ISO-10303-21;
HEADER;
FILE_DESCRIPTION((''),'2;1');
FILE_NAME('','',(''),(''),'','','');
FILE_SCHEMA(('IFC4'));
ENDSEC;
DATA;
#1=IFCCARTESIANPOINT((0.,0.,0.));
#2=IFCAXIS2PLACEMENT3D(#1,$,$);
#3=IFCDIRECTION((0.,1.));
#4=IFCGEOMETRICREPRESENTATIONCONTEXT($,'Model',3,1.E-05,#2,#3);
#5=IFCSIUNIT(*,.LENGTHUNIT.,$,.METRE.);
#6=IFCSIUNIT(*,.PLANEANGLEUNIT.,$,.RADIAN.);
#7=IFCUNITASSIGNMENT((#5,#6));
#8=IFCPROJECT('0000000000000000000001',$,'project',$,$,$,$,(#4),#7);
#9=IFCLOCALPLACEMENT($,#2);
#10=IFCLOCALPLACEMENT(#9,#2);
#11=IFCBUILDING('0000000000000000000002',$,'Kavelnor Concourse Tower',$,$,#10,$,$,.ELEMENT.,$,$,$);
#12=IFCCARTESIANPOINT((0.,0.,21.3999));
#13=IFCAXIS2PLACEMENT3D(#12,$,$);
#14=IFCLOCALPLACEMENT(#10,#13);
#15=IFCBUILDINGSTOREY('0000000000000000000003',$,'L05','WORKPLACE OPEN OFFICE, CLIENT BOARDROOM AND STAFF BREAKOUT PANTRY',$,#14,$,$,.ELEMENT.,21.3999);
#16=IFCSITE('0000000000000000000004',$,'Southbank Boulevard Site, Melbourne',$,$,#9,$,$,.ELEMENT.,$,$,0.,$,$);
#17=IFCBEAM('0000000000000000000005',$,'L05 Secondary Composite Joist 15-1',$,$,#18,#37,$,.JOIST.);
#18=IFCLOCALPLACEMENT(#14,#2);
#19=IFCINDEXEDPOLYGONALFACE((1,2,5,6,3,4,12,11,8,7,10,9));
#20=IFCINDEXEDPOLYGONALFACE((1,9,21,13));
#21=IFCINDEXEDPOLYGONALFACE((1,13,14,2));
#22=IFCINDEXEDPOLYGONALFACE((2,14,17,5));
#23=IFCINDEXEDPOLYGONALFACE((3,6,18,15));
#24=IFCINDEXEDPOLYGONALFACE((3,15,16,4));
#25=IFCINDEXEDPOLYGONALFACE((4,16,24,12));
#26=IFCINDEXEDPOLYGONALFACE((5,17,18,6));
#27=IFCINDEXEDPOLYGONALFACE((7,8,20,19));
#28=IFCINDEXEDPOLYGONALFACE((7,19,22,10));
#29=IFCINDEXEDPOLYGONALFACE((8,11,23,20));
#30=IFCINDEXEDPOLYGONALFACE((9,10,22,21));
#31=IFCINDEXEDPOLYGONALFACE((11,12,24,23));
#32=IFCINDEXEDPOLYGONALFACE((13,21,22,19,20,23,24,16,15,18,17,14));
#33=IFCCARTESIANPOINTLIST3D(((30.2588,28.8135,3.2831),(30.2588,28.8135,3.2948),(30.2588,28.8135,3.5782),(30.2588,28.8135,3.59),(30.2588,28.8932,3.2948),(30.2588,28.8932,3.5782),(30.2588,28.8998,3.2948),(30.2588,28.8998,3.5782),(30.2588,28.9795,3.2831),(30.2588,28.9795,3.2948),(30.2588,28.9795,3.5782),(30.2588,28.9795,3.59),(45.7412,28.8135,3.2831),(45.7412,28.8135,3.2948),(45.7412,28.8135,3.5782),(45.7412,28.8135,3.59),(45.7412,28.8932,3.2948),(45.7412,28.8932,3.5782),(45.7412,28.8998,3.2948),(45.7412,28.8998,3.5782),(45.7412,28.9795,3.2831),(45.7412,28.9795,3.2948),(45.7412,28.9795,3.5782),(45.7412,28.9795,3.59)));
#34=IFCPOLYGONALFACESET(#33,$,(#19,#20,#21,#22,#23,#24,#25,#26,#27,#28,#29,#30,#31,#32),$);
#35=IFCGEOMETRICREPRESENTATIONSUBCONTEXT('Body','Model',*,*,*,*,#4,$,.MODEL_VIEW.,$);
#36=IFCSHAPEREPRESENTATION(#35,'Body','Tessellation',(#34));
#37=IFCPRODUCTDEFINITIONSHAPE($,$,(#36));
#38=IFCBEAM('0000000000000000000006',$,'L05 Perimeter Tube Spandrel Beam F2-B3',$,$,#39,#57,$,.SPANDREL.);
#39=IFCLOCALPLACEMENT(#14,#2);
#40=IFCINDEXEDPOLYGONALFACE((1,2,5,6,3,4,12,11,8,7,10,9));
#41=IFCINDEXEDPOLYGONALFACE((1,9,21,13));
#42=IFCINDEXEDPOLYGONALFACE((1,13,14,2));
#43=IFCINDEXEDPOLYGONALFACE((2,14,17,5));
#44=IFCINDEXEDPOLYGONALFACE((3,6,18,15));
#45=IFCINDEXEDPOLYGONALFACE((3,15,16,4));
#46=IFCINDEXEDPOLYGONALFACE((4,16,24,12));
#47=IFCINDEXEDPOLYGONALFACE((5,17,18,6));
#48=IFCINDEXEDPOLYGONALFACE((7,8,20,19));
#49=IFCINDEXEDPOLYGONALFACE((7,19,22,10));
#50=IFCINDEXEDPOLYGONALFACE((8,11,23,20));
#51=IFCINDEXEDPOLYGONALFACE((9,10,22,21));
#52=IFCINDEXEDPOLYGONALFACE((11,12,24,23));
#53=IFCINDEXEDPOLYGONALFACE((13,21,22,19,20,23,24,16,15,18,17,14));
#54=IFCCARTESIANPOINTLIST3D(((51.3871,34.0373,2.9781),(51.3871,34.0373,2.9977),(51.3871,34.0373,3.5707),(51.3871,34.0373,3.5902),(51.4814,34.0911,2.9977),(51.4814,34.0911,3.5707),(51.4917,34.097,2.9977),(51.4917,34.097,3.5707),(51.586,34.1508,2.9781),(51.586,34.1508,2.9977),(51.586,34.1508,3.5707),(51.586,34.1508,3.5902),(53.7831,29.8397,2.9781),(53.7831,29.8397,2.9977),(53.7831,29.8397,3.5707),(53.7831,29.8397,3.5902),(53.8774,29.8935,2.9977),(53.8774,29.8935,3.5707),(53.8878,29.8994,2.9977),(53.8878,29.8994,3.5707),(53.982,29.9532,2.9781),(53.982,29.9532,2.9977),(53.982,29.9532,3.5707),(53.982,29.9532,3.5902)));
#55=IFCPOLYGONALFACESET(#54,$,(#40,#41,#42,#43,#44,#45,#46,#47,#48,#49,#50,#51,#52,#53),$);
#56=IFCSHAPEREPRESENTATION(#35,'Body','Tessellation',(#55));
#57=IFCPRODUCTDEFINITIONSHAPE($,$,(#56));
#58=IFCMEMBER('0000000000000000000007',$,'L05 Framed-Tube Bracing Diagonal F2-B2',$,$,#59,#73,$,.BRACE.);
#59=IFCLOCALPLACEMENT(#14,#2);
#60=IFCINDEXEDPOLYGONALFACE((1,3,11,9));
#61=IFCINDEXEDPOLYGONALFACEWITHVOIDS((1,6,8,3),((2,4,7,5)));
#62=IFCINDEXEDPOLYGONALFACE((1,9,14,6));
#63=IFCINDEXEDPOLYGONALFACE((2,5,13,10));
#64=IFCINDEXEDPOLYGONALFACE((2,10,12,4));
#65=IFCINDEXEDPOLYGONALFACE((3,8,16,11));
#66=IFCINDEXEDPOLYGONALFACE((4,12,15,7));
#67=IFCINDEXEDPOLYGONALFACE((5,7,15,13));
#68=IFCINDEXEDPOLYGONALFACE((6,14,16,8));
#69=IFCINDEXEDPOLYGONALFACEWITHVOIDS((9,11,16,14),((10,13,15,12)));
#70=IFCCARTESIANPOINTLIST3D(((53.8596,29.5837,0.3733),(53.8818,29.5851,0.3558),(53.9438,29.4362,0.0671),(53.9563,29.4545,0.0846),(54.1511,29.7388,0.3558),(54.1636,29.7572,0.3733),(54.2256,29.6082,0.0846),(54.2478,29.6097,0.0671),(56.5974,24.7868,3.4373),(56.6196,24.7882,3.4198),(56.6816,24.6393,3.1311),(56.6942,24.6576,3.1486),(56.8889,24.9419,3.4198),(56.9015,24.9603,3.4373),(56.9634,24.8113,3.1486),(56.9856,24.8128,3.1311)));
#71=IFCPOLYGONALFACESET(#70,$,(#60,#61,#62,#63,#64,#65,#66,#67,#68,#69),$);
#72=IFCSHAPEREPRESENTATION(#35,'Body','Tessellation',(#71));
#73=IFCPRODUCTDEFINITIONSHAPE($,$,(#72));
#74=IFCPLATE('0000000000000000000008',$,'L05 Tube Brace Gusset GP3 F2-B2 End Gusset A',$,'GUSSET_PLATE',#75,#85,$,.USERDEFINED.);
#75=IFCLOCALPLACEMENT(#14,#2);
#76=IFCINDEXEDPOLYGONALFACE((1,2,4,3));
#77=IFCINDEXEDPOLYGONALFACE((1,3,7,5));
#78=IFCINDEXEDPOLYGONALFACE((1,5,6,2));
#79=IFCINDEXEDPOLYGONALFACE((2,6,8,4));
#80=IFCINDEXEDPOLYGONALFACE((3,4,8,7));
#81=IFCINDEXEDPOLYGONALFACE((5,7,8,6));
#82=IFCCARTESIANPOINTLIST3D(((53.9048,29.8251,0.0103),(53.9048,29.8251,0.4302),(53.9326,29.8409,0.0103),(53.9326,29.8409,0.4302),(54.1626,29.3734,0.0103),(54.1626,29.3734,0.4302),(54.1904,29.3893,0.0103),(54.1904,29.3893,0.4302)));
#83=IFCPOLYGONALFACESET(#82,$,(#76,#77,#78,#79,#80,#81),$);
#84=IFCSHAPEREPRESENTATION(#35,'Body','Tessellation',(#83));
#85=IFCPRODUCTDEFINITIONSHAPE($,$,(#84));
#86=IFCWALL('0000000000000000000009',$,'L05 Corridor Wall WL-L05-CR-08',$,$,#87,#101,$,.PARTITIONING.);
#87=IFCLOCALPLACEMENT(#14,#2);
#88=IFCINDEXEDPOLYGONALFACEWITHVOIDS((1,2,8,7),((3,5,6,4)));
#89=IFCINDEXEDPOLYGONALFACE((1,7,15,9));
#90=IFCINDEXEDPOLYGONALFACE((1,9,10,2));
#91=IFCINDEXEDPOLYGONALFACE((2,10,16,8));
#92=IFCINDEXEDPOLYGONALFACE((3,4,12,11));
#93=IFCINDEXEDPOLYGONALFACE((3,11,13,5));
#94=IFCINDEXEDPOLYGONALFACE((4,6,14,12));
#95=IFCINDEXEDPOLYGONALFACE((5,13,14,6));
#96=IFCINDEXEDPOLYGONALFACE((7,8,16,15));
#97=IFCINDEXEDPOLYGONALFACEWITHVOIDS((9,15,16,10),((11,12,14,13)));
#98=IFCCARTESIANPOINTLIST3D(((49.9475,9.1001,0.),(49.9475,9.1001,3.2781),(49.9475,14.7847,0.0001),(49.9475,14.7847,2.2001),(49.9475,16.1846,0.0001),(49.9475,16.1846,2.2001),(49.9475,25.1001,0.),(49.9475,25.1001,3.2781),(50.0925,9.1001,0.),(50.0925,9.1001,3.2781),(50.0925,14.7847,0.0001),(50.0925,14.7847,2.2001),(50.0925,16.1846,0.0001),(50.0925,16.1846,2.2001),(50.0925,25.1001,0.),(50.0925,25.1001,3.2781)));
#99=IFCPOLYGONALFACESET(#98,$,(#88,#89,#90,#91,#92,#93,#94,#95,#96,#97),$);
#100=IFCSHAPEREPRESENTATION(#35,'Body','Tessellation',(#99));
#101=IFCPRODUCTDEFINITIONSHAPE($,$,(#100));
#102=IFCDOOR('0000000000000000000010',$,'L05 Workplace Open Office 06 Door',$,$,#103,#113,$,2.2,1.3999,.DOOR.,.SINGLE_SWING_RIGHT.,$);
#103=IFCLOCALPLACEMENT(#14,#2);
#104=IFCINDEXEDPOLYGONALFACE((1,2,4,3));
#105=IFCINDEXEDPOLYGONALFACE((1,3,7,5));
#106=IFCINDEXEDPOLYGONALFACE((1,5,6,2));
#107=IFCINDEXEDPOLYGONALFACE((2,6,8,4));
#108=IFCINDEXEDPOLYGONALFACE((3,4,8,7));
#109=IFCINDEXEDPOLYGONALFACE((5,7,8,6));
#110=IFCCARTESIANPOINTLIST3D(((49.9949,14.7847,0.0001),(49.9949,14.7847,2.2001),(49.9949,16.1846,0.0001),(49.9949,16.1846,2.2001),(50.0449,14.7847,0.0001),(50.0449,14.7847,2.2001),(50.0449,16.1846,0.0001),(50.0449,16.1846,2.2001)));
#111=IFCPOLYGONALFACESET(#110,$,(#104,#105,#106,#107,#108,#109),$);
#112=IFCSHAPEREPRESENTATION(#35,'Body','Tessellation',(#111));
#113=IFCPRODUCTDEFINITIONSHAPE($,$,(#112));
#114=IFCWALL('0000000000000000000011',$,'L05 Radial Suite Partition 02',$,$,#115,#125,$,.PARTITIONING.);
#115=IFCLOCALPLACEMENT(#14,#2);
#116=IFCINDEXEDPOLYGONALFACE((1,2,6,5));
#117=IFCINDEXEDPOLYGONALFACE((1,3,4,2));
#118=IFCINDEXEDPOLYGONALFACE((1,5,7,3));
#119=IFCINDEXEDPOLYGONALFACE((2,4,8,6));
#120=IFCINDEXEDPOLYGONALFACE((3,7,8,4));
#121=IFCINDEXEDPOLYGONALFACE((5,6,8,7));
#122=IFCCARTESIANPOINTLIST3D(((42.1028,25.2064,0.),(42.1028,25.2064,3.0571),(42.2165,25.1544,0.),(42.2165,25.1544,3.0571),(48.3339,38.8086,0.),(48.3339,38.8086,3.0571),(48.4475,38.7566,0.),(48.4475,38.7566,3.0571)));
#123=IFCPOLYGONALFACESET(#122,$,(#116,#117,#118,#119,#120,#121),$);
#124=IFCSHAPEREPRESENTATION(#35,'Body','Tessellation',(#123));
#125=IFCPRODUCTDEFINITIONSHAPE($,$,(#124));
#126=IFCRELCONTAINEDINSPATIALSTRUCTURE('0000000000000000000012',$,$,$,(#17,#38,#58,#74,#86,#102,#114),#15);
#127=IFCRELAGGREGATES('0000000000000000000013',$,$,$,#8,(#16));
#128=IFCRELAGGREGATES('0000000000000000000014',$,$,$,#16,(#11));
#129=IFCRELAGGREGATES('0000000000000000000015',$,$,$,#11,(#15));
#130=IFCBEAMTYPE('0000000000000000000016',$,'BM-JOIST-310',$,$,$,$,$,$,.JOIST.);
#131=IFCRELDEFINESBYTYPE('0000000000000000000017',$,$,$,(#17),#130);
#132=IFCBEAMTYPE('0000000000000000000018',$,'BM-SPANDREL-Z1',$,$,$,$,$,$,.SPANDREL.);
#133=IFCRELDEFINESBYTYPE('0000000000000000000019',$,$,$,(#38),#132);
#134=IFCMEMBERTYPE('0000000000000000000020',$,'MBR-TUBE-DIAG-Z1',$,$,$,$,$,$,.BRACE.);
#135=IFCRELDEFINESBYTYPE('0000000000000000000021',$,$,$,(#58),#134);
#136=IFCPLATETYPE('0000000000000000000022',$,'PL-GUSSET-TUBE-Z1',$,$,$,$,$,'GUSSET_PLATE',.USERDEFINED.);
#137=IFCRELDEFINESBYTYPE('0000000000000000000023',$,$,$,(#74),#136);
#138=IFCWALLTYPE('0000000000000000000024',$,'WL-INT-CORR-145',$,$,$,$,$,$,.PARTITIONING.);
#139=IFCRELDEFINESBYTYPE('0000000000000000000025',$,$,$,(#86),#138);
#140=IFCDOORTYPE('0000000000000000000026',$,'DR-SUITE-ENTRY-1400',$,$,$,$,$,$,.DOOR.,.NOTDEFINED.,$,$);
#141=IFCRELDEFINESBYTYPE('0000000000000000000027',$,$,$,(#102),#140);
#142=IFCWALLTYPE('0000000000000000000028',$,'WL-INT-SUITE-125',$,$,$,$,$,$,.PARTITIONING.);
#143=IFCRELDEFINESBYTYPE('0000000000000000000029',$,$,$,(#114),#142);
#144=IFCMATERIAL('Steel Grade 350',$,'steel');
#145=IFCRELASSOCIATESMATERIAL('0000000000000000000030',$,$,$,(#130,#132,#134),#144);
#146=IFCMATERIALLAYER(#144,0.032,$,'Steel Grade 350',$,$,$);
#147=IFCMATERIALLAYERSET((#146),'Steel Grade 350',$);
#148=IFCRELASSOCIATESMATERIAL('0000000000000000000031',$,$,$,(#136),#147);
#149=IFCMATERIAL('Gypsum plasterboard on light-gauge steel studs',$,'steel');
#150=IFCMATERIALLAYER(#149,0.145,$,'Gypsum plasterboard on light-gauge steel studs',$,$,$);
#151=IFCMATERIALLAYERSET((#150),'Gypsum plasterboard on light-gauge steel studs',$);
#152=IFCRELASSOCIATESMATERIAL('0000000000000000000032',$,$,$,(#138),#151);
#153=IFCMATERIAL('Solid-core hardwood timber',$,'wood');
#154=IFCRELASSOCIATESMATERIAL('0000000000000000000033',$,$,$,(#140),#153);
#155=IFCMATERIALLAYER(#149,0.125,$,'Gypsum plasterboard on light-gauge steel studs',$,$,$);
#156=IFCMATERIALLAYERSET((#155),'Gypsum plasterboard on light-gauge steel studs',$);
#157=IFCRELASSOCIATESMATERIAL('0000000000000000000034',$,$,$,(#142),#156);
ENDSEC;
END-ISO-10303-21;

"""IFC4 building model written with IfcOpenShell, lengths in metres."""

from ifc_helpers import new_model, si_unit, direction, frame, frame_2d, origin, origin_2d, place, context, subcontext, project, spatial, rectangle, hollow_rectangle, i_section, extrude, material, layer, layer_set, material_profile, profile_set, type_object, element, fill, save


model = new_model("IFC4")

# Units and contexts
model_context = context("Model", 3, precision=1e-05, world=origin(), true_north=direction((0.0, 1.0)))
body_context = subcontext(model_context, "Body", "Model", "MODEL_VIEW")
ifc_project = project(units=[si_unit("LENGTHUNIT", "METRE"), si_unit("PLANEANGLEUNIT", "RADIAN")], contexts=[model_context])

# Site, building, storey
site_placement = place(None, origin())
site = spatial("IfcSite", under=ifc_project, at=site_placement, Name="Southbank Boulevard Site, Melbourne", CompositionType="ELEMENT", RefElevation=0.0)
building_placement = place(site_placement, origin())
building = spatial("IfcBuilding", under=site, at=building_placement, Name="Kavelnor Concourse Tower", CompositionType="ELEMENT")
storey_placement = place(building_placement, frame((0.0, 0.0, 21.3999)))
storey = spatial("IfcBuildingStorey", under=building, at=storey_placement, Name="L05", Description="WORKPLACE OPEN OFFICE, CLIENT BOARDROOM AND STAFF BREAKOUT PANTRY", CompositionType="ELEMENT", Elevation=21.3999)

# Shared definitions
ifc_material_1 = material(Name="Steel Grade 350", Category="steel")

# Beams
ifc_material_profile_1 = material_profile(ifc_material_1, i_section(OverallWidth=0.166, OverallDepth=0.3069, WebThickness=0.0066, FlangeThickness=0.0117, at=origin_2d()), Name="310UB46")
ifc_profile_set_1 = profile_set([ifc_material_profile_1], Name="Steel Grade 350")
beam_type_1 = type_object("IfcBeamType", Name="BM-JOIST-310", PredefinedType="JOIST", material=ifc_profile_set_1)
beam_1_placement = place(storey_placement, frame((45.7412, 28.8965, 3.4365), z_axis=(-1.0, 0.0, 0.0), x_axis=(0.0, -1.0, 0.0)))
element("IfcBeam", 1, at=beam_1_placement, inside=storey, type_object=beam_type_1, Name="L05 Secondary Composite Joist 15-1", PredefinedType="JOIST", context=body_context, shape_type="SweptSolid", body=[
    extrude(i_section(OverallWidth=0.166, OverallDepth=0.3069, WebThickness=0.0066, FlangeThickness=0.0117, at=origin_2d()), origin(), (0.0, 0.0, 1.0), 15.4824),
])
ifc_material_profile_2 = material_profile(ifc_material_1, i_section(OverallWidth=0.229, OverallDepth=0.6121, WebThickness=0.012, FlangeThickness=0.0195, at=origin_2d()), Name="610UB125")
ifc_profile_set_2 = profile_set([ifc_material_profile_2], Name="Steel Grade 350")
beam_type_2 = type_object("IfcBeamType", Name="BM-SPANDREL-Z1", PredefinedType="SPANDREL", material=ifc_profile_set_2)
beam_2_placement = place(storey_placement, frame((53.8826, 29.8965, 3.2842), z_axis=(-0.495736, 0.868473, 0.0), x_axis=(-0.868473, -0.495736, 0.0)))
element("IfcBeam", 2, at=beam_2_placement, inside=storey, type_object=beam_type_2, Name="L05 Perimeter Tube Spandrel Beam F2-B3", PredefinedType="SPANDREL", context=body_context, shape_type="SweptSolid", body=[
    extrude(i_section(OverallWidth=0.229, OverallDepth=0.6121, WebThickness=0.012, FlangeThickness=0.0195, at=origin_2d()), origin(), (0.0, 0.0, 1.0), 4.8333),
])

# Member
ifc_material_profile_3 = material_profile(ifc_material_1, hollow_rectangle(XDim=0.3501, YDim=0.3501, WallThickness=0.02, at=origin_2d()), Name="SHS 350x350x20")
ifc_profile_set_3 = profile_set([ifc_material_profile_3], Name="Steel Grade 350")
member_type = type_object("IfcMemberType", Name="MBR-TUBE-DIAG-Z1", PredefinedType="BRACE", material=ifc_profile_set_3)
member_placement = place(storey_placement, frame((54.0537, 29.5967, 0.2202), z_axis=(0.433461, -0.759465, 0.485102), x_axis=(0.868499, 0.495691, 0.0)))
element("IfcMember", 3, at=member_placement, inside=storey, type_object=member_type, Name="L05 Framed-Tube Bracing Diagonal F2-B2", PredefinedType="BRACE", context=body_context, shape_type="SweptSolid", body=[
    extrude(hollow_rectangle(XDim=0.3501, YDim=0.3501, WallThickness=0.02, at=origin_2d()), origin(), (0.0, 0.0, 1.0), 6.3162),
])

# Plate
ifc_layer_1 = layer(ifc_material_1, 0.032, Name="Steel Grade 350")
ifc_layer_set_1 = layer_set([ifc_layer_1], Name="Steel Grade 350")
plate_type = type_object("IfcPlateType", Name="PL-GUSSET-TUBE-Z1", ElementType="GUSSET_PLATE", PredefinedType="USERDEFINED", material=ifc_layer_set_1)
plate_placement = place(storey_placement, frame((54.0476, 29.6072, 0.0103), z_axis=(0.0, 0.0, 1.0), x_axis=(0.495762, -0.868459, 0.0)))
element("IfcPlate", 4, at=plate_placement, inside=storey, type_object=plate_type, Name="L05 Tube Brace Gusset GP3 F2-B2 End Gusset A", ObjectType="GUSSET_PLATE", PredefinedType="USERDEFINED", context=body_context, shape_type="SweptSolid", body=[
    extrude(rectangle(XDim=0.52, YDim=0.032, at=origin_2d()), origin(), (0.0, 0.0, 1.0), 0.4199),
])

# Wall, opening, door
ifc_material_2 = material(Name="Gypsum plasterboard on light-gauge steel studs", Category="steel")
ifc_layer_2 = layer(ifc_material_2, 0.145, Name="Gypsum plasterboard on light-gauge steel studs")
ifc_layer_set_2 = layer_set([ifc_layer_2], Name="Gypsum plasterboard on light-gauge steel studs")
wall_type_1 = type_object("IfcWallType", Name="WL-INT-CORR-145", PredefinedType="PARTITIONING", material=ifc_layer_set_2)
wall_1_placement = place(storey_placement, frame((50.02, 25.1001, 0.0), z_axis=(0.0, 0.0, 1.0), x_axis=(0.0, -1.0, 0.0)))
wall_1 = element("IfcWall", 5, at=wall_1_placement, inside=storey, type_object=wall_type_1, Name="L05 Corridor Wall WL-L05-CR-08", PredefinedType="PARTITIONING", context=body_context, shape_type="SweptSolid", body=[
    extrude(rectangle(XDim=16.0, YDim=0.145, at=frame_2d((8.0, 0.0))), origin(), (0.0, 0.0, 1.0), 3.2781),
])
opening_placement = place(wall_1_placement, frame((8.9155, 0.0, 0.0)))
opening = element("IfcOpeningElement", 6, at=opening_placement, cuts=wall_1, PredefinedType="OPENING", context=body_context, shape_type="SweptSolid", body=[
    extrude(rectangle(XDim=1.3999, YDim=2.2, at=frame_2d((0.7, 1.1001))), frame((0.0, 0.0825, 0.0), z_axis=(0.0, -1.0, 0.0), x_axis=(1.0, 0.0, 0.0)), (0.0, 0.0, 1.0), 0.165),
])
ifc_material_3 = material(Name="Solid-core hardwood timber", Category="wood")
door_type = type_object("IfcDoorType", Name="DR-SUITE-ENTRY-1400", OperationType="NOTDEFINED", PredefinedType="DOOR", material=ifc_material_3)
door_placement = place(opening_placement, origin())
door = element("IfcDoor", 7, at=door_placement, inside=storey, type_object=door_type, Name="L05 Workplace Open Office 06 Door", OperationType="SINGLE_SWING_RIGHT", OverallHeight=2.2, OverallWidth=1.3999, PredefinedType="DOOR", context=body_context, shape_type="SweptSolid", body=[
    extrude(rectangle(XDim=1.3999, YDim=2.2, at=frame_2d((0.7, 1.1001))), frame((0.0, 0.0249, 0.0), z_axis=(0.0, -1.0, 0.0), x_axis=(1.0, 0.0, 0.0)), (0.0, 0.0, 1.0), 0.05),
])
fill(opening, door)

# Wall
ifc_layer_3 = layer(ifc_material_2, 0.125, Name="Gypsum plasterboard on light-gauge steel studs")
ifc_layer_set_3 = layer_set([ifc_layer_3], Name="Gypsum plasterboard on light-gauge steel studs")
wall_type_2 = type_object("IfcWallType", Name="WL-INT-SUITE-125", PredefinedType="PARTITIONING", material=ifc_layer_set_3)
wall_2_placement = place(storey_placement, frame((42.1597, 25.1804, 0.0), z_axis=(0.0, 0.0, 1.0), x_axis=(0.416472, 0.909149, 0.0)))
element("IfcWall", 8, at=wall_2_placement, inside=storey, type_object=wall_type_2, Name="L05 Radial Suite Partition 02", PredefinedType="PARTITIONING", context=body_context, shape_type="SweptSolid", body=[
    extrude(rectangle(XDim=14.9614, YDim=0.125, at=frame_2d((7.4807, 0.0))), origin(), (0.0, 0.0, 1.0), 3.0571),
])

save(model, "model.ifc")
